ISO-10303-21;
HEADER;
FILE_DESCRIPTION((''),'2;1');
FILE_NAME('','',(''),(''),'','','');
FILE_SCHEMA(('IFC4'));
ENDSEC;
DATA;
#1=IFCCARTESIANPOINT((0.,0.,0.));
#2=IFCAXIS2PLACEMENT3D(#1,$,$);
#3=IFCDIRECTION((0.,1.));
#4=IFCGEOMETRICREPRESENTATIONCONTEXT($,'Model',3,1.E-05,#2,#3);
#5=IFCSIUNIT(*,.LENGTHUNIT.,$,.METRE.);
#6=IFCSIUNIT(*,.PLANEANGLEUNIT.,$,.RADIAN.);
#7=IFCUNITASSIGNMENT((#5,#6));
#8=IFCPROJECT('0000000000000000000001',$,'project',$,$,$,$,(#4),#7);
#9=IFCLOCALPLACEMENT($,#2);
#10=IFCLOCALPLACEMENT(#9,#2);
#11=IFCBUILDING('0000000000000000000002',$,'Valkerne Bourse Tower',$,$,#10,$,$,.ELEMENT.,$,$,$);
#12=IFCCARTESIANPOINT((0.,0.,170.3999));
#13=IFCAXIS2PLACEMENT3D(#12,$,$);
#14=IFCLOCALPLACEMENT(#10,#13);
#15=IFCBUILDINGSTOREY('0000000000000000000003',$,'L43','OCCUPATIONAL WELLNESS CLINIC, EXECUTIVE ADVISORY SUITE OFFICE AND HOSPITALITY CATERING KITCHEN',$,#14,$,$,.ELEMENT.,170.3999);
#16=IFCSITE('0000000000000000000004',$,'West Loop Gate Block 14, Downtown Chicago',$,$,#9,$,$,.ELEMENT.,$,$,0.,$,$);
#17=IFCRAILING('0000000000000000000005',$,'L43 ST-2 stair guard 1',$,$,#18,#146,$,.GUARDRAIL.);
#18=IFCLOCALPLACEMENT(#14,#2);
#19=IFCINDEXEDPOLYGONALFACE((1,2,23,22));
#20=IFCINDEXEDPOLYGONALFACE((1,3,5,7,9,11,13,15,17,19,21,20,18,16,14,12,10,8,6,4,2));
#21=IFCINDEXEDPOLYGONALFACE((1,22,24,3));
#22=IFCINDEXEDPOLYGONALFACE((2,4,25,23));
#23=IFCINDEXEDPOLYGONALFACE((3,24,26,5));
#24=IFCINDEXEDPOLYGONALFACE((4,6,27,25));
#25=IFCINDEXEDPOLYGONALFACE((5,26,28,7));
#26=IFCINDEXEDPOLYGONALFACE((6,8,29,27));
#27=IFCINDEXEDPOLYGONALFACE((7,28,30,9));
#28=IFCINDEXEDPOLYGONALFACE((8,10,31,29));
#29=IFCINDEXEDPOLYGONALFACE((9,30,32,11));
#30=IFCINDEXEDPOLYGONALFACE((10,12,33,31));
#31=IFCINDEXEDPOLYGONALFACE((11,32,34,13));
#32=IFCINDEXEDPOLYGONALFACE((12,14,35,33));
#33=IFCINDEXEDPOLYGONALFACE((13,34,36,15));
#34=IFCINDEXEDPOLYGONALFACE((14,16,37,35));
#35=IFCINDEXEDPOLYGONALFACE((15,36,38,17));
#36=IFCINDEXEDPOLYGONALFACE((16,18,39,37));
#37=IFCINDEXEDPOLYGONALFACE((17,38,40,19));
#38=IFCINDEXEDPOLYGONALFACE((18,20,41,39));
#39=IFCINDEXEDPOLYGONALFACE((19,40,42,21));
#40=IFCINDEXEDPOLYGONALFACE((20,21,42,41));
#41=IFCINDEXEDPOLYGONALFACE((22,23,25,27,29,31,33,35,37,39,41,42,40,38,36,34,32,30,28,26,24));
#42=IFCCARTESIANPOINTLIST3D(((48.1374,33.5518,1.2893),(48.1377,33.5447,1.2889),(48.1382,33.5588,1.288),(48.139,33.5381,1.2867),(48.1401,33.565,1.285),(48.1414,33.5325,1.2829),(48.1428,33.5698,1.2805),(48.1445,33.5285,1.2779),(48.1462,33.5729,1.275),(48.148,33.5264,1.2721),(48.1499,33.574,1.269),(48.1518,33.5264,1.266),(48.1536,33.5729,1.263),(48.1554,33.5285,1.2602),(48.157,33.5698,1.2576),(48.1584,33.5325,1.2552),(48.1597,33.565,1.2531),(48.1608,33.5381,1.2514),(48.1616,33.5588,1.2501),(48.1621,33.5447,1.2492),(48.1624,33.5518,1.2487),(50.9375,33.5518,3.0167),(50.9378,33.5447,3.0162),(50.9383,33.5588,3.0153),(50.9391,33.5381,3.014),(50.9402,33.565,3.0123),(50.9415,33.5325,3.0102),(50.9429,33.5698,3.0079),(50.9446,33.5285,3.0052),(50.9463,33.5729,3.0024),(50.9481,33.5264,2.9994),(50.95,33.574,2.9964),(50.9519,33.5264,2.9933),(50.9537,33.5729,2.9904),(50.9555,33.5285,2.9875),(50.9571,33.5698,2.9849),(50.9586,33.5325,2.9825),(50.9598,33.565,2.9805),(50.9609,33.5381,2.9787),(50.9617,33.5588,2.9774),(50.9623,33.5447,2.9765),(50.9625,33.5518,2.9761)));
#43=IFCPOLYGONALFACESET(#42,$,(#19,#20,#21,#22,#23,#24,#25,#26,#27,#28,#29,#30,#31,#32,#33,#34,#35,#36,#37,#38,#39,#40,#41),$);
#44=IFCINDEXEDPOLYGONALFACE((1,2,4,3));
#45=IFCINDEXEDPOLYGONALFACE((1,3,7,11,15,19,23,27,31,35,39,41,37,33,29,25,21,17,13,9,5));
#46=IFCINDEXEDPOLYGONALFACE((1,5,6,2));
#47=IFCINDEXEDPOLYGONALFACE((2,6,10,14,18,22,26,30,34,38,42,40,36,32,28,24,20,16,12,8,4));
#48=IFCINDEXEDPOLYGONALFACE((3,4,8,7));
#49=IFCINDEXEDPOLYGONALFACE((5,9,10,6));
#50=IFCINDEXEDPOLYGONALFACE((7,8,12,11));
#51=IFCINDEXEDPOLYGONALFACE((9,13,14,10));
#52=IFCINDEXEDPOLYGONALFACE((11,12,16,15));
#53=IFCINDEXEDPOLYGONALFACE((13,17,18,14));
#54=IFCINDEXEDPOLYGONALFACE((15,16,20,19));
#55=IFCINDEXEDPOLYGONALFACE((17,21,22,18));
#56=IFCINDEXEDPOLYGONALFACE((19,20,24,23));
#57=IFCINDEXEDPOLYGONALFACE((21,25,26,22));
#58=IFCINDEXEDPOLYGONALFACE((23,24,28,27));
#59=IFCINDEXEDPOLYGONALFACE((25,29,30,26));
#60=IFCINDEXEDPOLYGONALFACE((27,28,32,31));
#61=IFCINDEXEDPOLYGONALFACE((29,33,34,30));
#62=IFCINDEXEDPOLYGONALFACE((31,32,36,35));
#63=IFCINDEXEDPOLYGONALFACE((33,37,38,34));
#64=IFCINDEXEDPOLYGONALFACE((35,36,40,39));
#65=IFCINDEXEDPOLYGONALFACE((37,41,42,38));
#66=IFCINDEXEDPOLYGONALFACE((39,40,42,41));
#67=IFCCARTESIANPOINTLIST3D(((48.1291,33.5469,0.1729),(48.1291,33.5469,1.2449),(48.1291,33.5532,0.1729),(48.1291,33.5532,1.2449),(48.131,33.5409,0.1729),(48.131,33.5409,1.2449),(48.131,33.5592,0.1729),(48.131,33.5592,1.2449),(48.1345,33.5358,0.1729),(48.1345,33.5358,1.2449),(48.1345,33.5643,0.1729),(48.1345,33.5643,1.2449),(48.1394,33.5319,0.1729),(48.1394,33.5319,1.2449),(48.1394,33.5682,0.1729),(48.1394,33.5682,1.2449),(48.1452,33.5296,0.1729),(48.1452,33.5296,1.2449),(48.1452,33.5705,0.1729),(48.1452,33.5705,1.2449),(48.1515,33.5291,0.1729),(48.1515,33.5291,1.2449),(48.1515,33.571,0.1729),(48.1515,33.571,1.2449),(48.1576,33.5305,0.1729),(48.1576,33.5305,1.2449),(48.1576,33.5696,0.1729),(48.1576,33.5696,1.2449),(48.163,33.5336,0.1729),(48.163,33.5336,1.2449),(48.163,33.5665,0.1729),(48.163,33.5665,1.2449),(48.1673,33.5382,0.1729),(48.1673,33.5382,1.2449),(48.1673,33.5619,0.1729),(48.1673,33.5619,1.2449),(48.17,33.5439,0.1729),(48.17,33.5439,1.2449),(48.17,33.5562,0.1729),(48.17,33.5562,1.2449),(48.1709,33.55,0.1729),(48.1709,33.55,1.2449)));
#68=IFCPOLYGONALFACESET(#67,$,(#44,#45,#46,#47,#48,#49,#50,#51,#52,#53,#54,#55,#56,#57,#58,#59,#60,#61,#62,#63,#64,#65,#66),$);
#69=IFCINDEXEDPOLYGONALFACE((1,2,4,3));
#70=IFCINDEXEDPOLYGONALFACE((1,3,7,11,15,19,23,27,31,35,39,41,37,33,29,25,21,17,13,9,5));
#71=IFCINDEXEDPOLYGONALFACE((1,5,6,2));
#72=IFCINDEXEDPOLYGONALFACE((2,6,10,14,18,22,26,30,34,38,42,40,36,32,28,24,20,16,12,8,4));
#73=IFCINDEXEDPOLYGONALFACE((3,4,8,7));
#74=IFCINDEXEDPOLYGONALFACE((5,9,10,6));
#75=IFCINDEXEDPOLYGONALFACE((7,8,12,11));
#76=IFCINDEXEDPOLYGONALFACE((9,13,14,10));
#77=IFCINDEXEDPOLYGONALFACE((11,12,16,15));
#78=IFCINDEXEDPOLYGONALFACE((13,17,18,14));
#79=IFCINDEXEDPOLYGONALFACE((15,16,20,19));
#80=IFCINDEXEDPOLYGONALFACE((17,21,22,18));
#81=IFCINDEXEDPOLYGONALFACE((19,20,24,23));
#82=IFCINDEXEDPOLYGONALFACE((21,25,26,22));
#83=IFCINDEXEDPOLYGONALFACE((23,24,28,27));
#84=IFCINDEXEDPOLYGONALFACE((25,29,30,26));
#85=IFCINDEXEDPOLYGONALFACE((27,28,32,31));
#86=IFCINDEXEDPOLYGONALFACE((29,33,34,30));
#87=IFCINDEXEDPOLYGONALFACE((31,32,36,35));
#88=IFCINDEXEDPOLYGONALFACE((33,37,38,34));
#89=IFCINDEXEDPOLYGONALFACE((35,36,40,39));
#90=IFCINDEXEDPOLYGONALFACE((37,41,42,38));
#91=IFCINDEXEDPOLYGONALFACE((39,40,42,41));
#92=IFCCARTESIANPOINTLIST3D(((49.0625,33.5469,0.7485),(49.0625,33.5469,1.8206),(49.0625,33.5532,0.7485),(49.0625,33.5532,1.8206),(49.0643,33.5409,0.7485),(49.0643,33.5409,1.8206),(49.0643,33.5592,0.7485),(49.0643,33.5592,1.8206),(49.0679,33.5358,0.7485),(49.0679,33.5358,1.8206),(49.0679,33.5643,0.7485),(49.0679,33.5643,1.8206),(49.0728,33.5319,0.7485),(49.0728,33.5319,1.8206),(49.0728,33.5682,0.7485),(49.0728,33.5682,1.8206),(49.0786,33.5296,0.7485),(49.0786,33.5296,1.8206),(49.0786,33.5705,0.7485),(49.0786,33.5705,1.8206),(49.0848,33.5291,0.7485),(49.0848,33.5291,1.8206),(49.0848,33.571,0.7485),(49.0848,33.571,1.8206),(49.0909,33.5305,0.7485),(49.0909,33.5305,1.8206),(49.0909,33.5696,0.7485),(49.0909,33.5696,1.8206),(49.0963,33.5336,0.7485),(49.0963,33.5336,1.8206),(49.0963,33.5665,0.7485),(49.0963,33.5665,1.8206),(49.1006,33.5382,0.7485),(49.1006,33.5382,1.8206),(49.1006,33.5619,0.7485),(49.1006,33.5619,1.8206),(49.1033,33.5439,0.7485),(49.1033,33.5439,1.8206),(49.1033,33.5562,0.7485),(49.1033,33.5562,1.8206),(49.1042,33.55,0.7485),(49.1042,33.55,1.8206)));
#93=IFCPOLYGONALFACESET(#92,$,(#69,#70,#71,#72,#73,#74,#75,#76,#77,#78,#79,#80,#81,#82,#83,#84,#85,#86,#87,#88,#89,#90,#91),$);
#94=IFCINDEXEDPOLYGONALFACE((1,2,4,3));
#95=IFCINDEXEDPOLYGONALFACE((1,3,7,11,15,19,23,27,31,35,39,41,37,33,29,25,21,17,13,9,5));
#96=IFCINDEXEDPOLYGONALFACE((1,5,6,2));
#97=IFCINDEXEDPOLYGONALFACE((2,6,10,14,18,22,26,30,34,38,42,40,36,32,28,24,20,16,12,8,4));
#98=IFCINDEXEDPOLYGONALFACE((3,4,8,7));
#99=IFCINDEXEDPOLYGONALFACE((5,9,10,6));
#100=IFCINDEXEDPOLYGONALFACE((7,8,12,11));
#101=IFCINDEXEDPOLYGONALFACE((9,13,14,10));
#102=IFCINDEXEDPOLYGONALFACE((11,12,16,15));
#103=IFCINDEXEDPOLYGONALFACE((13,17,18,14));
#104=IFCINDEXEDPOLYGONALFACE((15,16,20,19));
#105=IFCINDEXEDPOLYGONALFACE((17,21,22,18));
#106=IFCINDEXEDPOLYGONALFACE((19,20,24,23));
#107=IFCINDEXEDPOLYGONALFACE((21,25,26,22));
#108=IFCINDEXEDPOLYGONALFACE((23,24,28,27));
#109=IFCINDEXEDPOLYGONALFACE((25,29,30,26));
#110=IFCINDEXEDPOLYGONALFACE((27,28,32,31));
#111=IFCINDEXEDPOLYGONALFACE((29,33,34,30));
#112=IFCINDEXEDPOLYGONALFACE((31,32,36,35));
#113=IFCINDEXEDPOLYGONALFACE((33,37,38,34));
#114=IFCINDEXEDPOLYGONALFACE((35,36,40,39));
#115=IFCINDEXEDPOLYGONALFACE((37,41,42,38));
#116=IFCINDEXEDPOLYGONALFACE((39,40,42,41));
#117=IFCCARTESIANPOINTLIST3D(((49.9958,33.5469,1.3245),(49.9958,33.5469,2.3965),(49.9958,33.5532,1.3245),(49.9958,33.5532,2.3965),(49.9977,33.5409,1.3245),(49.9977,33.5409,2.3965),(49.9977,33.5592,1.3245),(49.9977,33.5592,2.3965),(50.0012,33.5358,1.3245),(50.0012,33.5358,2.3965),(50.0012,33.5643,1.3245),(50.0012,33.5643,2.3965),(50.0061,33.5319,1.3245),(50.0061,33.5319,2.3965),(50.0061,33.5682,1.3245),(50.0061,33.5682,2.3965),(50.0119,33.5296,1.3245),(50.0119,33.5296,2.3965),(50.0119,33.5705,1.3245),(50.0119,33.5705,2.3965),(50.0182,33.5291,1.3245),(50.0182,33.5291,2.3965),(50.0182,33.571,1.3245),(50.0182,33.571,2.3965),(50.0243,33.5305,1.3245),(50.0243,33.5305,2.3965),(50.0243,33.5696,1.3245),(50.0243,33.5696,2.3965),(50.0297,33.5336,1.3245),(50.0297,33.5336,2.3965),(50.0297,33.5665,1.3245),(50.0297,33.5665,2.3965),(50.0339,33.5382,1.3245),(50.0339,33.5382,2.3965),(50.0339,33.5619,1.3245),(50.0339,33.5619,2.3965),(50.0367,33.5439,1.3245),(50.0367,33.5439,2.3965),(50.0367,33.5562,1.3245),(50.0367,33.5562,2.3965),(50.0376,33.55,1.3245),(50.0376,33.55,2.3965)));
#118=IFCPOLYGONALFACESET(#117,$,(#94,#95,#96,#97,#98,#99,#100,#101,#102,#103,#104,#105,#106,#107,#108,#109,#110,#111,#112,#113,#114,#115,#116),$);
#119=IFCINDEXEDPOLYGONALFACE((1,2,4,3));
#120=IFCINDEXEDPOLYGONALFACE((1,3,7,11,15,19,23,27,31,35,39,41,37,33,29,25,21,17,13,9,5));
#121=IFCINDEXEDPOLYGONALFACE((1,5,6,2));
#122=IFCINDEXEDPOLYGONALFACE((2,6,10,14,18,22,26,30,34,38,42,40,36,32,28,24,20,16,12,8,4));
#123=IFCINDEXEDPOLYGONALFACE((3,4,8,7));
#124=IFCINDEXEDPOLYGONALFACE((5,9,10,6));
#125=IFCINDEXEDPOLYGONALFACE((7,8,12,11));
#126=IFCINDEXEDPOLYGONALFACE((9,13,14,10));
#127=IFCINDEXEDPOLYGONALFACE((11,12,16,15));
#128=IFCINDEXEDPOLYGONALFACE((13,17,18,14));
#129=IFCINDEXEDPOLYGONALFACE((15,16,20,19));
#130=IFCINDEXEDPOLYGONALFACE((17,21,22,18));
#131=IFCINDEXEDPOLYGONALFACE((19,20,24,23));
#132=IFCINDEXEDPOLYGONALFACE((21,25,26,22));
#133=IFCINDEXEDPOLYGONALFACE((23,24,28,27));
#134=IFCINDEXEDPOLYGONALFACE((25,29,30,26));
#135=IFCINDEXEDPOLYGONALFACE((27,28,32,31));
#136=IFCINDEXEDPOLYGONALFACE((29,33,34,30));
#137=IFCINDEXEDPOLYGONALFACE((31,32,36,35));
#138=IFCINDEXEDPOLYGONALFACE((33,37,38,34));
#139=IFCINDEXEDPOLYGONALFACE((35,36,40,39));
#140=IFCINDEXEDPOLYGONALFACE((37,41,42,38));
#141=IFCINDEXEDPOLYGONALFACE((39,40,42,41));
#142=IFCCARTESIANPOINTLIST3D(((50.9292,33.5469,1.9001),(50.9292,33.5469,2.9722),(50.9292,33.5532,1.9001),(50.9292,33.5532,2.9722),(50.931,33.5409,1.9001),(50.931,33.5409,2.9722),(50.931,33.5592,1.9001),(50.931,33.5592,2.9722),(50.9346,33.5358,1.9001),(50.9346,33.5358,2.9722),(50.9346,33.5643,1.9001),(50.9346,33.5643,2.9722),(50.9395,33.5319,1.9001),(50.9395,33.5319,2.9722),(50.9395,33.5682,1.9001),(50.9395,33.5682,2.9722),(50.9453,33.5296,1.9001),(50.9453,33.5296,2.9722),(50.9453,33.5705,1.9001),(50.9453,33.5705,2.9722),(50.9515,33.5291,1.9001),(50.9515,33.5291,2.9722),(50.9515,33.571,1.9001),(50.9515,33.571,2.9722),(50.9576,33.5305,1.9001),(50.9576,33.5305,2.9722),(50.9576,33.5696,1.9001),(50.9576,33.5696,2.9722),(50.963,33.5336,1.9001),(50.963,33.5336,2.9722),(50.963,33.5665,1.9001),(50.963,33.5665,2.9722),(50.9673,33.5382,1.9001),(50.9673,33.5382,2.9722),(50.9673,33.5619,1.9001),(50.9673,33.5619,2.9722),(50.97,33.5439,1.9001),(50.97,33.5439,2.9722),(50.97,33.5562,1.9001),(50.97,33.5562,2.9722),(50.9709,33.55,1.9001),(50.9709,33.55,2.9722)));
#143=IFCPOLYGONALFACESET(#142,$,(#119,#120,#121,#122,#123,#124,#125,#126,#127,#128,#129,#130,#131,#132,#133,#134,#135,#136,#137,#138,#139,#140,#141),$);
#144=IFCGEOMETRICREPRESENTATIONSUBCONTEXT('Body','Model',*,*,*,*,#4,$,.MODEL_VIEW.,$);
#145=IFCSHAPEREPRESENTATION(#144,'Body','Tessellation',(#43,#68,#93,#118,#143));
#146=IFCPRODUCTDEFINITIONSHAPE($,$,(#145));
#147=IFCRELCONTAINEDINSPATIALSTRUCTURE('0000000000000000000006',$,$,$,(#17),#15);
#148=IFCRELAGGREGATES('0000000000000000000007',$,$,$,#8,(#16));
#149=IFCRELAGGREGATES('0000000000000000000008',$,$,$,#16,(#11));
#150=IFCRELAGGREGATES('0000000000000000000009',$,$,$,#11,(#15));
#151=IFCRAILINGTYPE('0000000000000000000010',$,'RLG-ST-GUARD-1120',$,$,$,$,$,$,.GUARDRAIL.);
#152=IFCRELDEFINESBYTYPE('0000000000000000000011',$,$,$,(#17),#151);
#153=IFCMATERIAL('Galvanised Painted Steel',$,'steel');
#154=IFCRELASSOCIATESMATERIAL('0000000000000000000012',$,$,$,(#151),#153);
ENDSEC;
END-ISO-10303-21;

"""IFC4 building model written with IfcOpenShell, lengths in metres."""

from ifc_helpers import new_model, si_unit, direction, frame, origin, origin_2d, place, context, subcontext, project, spatial, circle, extrude, material, type_object, element, save


model = new_model("IFC4")

# Units and contexts
model_context = context("Model", 3, precision=1e-05, world=origin(), true_north=direction((0.0, 1.0)))
body_context = subcontext(model_context, "Body", "Model", "MODEL_VIEW")
ifc_project = project(units=[si_unit("LENGTHUNIT", "METRE"), si_unit("PLANEANGLEUNIT", "RADIAN")], contexts=[model_context])

# Site, building, storey
site_placement = place(None, origin())
site = spatial("IfcSite", under=ifc_project, at=site_placement, Name="West Loop Gate Block 14, Downtown Chicago", CompositionType="ELEMENT", RefElevation=0.0)
building_placement = place(site_placement, origin())
building = spatial("IfcBuilding", under=site, at=building_placement, Name="Valkerne Bourse Tower", CompositionType="ELEMENT")
storey_placement = place(building_placement, frame((0.0, 0.0, 170.3999)))
storey = spatial("IfcBuildingStorey", under=building, at=storey_placement, Name="L43", Description="OCCUPATIONAL WELLNESS CLINIC, EXECUTIVE ADVISORY SUITE OFFICE AND HOSPITALITY CATERING KITCHEN", CompositionType="ELEMENT", Elevation=170.3999)

# Shared definitions
ifc_material_1 = material(Name="Galvanised Painted Steel", Category="steel")

# Railing
railing_type_1 = type_object("IfcRailingType", Name="RLG-ST-GUARD-1120", PredefinedType="GUARDRAIL", material=ifc_material_1)
railing_1_placement = place(storey_placement, frame((48.1499, 33.55, 0.1729)))
element("IfcRailing", 1, at=railing_1_placement, inside=storey, type_object=railing_type_1, Name="L43 ST-2 stair guard 1", PredefinedType="GUARDRAIL", context=body_context, shape_type="SweptSolid", body=[
    extrude(circle(Radius=0.0239, at=origin_2d()), frame((0.0, 0.0, 1.0962), z_axis=(0.85109, 0.0, 0.52502), x_axis=(0.0, 1.0, 0.0)), (0.0, 0.0, 1.0), 3.29),
    extrude(circle(Radius=0.021, at=origin_2d()), origin(), (0.0, 0.0, 1.0), 1.072),
    extrude(circle(Radius=0.021, at=origin_2d()), frame((0.9333, 0.0, 0.5757)), (0.0, 0.0, 1.0), 1.072),
    extrude(circle(Radius=0.021, at=origin_2d()), frame((1.8667, 0.0, 1.1516)), (0.0, 0.0, 1.0), 1.072),
    extrude(circle(Radius=0.021, at=origin_2d()), frame((2.8, 0.0, 1.7273)), (0.0, 0.0, 1.0), 1.072),
])

save(model, "model.ifc")
